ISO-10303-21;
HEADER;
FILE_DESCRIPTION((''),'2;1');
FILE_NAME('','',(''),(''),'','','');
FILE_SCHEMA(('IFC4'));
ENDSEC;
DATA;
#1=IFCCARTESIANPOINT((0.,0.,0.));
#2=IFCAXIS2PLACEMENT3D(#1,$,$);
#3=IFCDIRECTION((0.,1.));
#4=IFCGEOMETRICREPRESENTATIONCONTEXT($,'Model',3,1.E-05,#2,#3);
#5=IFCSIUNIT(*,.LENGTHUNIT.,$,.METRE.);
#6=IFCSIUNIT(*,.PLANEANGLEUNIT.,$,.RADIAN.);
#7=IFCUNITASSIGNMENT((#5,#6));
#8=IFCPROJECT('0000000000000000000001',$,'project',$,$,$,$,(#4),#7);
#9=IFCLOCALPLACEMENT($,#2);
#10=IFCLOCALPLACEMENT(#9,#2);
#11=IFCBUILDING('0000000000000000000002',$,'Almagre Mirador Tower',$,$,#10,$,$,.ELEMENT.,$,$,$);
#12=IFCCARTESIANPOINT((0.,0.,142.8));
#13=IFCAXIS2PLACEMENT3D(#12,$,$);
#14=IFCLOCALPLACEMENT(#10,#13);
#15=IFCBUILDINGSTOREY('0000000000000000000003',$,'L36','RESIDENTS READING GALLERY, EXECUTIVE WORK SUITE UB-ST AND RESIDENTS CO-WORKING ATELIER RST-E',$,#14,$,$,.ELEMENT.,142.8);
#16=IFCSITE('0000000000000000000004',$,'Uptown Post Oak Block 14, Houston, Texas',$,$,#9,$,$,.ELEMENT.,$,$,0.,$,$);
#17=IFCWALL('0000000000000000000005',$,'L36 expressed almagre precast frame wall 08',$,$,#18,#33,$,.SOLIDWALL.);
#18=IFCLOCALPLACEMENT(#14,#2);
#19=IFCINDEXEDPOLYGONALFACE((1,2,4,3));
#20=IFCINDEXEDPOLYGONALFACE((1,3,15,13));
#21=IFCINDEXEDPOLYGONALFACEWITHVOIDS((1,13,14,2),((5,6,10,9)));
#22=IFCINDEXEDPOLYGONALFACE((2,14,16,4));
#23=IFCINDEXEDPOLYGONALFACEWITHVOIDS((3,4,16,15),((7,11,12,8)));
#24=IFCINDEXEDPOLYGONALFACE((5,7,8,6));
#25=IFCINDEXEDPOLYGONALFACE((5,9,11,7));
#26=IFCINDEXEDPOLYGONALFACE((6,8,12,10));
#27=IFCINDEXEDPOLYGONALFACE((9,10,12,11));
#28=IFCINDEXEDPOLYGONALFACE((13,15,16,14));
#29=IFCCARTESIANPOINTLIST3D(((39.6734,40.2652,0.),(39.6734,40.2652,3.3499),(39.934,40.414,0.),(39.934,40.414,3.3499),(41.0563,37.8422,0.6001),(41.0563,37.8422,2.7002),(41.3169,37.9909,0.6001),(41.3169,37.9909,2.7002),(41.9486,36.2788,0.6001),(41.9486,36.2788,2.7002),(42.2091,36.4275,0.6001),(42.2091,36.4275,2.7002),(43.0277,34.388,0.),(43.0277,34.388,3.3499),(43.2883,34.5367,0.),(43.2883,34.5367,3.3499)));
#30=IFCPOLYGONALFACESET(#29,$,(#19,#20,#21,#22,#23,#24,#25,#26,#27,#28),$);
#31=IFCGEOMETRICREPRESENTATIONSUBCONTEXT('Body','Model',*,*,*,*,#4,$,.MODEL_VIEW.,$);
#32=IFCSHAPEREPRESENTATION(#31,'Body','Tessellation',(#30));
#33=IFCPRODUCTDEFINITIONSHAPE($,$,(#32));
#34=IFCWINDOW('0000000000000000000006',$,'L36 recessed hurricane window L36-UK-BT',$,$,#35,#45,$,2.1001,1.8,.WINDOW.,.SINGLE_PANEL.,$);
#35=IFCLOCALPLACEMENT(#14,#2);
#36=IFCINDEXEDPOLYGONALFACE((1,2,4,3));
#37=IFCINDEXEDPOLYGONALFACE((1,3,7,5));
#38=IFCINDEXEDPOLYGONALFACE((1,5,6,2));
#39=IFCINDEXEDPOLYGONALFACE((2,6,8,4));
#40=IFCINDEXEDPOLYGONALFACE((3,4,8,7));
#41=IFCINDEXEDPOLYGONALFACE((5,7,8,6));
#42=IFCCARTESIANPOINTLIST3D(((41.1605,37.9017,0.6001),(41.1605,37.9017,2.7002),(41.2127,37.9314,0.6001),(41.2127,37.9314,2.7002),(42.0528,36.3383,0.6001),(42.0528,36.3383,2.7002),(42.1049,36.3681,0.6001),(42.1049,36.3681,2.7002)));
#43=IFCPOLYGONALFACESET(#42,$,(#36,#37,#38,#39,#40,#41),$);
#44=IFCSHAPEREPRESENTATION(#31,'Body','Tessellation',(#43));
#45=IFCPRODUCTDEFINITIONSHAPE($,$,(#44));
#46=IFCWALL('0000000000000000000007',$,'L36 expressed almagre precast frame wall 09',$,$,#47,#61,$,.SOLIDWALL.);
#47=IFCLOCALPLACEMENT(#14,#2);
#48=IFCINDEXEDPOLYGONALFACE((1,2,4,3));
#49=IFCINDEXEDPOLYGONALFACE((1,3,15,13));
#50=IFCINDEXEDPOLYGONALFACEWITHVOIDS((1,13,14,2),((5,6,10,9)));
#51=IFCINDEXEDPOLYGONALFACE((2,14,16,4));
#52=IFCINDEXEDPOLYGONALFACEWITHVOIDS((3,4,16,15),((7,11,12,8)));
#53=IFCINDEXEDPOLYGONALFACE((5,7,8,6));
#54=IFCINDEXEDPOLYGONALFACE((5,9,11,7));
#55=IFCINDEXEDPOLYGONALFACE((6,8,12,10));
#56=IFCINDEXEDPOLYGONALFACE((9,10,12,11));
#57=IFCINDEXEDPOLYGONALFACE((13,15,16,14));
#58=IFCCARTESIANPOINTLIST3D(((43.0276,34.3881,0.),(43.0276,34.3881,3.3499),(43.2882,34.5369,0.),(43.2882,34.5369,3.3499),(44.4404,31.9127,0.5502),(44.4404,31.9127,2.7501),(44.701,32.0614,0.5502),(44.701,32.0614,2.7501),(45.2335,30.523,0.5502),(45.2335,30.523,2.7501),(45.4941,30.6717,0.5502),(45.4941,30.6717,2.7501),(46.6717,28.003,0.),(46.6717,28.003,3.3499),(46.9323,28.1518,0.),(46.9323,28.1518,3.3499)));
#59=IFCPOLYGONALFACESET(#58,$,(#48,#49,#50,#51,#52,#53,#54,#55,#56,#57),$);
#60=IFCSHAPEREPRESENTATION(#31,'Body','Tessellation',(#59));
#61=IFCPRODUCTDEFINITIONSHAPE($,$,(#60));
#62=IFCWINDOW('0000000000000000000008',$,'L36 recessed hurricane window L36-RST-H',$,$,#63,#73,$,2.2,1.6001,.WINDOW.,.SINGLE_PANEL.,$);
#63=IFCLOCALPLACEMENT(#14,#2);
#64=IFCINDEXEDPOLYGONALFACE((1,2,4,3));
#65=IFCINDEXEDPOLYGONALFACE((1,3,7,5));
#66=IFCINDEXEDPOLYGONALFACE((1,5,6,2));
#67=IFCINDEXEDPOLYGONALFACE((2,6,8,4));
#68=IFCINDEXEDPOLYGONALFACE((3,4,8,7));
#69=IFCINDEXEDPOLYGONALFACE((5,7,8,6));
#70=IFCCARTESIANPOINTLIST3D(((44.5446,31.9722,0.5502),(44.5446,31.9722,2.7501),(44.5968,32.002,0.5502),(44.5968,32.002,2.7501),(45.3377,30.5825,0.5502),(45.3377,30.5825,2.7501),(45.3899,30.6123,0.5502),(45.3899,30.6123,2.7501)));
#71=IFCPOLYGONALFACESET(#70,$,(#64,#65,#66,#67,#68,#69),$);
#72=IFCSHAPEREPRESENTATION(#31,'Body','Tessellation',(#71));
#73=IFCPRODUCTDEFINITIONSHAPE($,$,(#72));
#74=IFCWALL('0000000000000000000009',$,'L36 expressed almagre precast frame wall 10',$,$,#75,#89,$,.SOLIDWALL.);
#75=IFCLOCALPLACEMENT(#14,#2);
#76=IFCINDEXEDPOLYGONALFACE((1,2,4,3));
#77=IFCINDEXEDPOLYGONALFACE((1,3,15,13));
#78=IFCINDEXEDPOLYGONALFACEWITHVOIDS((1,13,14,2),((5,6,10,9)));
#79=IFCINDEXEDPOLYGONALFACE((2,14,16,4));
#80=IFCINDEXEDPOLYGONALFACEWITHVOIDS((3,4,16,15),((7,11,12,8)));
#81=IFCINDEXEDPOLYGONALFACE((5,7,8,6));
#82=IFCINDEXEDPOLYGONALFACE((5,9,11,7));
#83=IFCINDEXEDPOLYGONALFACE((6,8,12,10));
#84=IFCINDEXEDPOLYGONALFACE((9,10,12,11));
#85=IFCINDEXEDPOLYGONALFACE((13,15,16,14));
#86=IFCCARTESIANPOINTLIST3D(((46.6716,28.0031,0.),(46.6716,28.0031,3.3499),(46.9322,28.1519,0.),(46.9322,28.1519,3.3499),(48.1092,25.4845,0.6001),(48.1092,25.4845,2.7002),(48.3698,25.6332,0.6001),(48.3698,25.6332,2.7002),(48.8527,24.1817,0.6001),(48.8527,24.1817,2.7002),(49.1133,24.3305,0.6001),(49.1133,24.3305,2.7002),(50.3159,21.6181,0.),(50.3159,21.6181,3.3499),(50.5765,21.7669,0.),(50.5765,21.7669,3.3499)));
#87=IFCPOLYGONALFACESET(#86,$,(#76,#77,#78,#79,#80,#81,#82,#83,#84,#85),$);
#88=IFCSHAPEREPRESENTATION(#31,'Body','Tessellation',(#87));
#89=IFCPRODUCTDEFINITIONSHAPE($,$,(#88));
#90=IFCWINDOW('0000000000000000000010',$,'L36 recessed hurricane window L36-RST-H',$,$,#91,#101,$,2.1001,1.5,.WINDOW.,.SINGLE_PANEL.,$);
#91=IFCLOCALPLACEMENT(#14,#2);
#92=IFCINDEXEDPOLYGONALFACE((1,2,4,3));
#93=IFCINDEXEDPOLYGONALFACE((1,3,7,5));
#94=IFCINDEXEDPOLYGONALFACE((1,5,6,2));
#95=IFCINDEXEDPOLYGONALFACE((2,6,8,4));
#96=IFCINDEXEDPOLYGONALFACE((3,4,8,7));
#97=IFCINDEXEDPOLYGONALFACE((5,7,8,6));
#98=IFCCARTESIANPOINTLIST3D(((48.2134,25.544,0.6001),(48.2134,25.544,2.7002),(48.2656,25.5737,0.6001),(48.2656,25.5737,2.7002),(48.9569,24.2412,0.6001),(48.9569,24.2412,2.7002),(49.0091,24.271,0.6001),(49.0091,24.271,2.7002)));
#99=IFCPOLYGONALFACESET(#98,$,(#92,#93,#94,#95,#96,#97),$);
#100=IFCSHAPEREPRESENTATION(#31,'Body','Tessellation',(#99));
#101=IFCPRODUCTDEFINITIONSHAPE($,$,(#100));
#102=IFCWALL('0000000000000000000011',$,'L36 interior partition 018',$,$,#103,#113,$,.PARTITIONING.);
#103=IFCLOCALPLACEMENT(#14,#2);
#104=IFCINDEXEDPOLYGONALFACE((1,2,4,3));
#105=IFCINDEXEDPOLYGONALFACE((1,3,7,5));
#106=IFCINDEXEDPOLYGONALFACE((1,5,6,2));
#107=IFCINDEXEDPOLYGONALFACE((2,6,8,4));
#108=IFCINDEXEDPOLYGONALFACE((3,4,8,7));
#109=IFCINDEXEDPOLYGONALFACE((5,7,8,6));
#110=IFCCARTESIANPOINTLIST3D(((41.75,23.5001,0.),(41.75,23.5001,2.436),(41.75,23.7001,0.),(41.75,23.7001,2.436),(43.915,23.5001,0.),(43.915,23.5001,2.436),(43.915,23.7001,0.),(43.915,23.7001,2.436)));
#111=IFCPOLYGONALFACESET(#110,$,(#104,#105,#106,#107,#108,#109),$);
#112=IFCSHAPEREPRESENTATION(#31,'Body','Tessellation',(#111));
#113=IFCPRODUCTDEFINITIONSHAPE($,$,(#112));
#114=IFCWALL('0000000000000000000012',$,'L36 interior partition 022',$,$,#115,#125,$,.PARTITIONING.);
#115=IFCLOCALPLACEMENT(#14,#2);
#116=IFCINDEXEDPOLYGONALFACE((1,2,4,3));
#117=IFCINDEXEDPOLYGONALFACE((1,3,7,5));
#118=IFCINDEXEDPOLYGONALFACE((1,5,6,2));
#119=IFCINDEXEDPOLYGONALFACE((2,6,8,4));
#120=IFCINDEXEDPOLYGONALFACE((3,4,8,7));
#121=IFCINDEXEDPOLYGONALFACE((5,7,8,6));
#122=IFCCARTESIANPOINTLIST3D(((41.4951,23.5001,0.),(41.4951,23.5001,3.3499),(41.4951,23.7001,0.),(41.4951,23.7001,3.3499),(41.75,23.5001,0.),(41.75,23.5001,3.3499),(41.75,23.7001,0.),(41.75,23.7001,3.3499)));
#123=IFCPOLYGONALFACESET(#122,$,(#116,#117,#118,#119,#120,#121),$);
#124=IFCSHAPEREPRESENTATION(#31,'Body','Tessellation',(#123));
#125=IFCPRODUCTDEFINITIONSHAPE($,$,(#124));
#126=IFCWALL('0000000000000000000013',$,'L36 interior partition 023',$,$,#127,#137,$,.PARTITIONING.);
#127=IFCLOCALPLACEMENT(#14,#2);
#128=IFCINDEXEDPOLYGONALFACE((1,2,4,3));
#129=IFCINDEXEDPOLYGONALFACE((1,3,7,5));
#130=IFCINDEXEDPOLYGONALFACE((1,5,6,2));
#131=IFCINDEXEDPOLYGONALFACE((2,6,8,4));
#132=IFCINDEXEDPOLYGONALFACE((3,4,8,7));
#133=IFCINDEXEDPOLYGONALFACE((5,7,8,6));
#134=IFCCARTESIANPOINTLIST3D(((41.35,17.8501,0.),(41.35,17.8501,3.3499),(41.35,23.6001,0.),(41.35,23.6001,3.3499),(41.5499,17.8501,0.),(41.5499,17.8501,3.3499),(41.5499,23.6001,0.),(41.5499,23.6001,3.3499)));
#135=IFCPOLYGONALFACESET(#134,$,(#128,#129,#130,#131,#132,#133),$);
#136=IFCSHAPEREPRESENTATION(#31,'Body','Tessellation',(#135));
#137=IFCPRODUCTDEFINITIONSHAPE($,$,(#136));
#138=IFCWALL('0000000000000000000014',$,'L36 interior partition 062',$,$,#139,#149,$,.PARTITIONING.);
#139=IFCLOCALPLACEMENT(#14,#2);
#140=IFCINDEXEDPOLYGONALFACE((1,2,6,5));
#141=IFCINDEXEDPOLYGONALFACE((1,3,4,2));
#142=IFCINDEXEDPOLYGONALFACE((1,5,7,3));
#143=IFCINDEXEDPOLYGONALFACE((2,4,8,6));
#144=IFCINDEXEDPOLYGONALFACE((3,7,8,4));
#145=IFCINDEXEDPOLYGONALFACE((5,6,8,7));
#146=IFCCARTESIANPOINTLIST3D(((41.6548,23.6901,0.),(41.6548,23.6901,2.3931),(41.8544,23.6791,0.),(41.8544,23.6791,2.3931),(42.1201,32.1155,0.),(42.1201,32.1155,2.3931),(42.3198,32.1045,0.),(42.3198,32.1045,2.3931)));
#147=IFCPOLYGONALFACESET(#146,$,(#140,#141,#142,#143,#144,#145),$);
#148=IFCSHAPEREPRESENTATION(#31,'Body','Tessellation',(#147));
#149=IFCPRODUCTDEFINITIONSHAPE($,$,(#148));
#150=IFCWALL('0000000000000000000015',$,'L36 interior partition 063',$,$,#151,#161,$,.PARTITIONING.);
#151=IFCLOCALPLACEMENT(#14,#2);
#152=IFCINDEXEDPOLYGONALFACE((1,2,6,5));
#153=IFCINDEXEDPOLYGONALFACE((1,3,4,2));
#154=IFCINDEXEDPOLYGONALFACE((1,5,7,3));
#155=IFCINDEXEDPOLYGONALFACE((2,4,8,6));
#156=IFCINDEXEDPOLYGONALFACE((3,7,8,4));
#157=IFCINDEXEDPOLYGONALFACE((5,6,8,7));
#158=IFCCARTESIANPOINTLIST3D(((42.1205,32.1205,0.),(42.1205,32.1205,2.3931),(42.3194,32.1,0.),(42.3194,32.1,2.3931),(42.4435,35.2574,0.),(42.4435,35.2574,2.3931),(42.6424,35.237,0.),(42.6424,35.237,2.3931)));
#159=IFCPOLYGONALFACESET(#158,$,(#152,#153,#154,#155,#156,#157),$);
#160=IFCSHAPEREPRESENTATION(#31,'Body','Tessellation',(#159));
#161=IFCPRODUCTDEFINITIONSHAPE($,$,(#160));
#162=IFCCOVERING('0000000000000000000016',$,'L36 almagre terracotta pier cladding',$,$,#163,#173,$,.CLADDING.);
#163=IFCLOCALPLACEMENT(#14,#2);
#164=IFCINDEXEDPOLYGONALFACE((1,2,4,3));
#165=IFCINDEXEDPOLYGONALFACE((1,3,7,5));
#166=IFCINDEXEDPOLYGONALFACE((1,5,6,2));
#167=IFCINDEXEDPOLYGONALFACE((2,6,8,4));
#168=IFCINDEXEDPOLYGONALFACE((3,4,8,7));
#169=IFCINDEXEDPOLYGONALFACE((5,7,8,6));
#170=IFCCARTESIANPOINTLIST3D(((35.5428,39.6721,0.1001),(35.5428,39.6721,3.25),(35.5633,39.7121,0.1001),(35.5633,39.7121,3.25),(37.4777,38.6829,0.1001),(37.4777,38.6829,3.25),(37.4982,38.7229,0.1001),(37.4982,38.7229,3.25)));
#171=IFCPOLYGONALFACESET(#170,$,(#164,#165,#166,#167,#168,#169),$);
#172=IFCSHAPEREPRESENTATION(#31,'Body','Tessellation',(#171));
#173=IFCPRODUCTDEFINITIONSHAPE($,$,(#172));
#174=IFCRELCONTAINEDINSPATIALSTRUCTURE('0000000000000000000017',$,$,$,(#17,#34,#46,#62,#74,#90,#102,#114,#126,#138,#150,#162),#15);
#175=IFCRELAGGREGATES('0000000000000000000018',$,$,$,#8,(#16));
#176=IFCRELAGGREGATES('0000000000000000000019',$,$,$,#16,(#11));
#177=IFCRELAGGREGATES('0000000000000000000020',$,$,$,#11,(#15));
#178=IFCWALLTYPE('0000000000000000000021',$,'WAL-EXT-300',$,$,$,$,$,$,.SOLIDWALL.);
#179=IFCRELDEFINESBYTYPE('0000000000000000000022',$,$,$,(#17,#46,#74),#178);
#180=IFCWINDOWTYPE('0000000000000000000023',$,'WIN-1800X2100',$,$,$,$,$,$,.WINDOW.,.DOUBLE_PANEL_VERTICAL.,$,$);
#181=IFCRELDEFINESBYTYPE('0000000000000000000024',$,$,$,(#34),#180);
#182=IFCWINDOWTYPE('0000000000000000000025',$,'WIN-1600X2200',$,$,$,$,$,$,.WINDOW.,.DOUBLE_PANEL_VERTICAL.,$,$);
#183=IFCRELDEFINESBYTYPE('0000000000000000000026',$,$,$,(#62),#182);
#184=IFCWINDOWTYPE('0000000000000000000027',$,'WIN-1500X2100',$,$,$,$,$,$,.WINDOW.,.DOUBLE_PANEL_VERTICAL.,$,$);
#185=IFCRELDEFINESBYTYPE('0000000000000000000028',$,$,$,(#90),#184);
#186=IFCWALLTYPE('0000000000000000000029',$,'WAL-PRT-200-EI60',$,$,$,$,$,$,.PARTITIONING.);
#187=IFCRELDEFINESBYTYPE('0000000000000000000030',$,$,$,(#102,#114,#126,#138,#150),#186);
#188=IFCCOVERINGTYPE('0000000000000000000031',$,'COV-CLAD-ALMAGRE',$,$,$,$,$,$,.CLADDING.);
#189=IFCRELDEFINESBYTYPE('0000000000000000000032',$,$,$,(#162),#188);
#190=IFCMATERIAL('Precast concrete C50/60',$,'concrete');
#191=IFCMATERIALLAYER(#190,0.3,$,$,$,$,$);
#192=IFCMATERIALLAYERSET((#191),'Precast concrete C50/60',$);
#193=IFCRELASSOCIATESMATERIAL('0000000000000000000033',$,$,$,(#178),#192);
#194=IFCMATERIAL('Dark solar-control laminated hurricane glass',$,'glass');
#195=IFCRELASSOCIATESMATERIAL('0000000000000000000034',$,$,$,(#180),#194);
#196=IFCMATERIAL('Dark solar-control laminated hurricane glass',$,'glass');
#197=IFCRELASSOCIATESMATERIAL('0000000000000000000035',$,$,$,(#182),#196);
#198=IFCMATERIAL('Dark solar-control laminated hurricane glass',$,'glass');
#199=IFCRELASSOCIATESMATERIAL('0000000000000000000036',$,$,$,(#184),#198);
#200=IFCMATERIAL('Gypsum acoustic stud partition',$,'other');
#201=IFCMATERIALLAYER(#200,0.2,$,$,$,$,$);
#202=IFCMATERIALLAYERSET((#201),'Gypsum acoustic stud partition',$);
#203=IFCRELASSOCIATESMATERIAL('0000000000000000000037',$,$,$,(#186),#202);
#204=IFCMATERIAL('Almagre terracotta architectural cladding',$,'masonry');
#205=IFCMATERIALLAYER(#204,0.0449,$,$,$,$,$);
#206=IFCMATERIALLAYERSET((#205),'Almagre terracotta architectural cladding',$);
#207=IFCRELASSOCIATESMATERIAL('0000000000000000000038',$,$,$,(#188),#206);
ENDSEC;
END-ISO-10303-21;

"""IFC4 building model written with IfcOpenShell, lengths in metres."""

from ifc_helpers import new_model, si_unit, direction, frame, frame_2d, origin, origin_2d, place, context, subcontext, project, spatial, rectangle, extrude, material, layer, layer_set, type_object, element, fill, save


model = new_model("IFC4")

# Units and contexts
model_context = context("Model", 3, precision=1e-05, world=origin(), true_north=direction((0.0, 1.0)))
body_context = subcontext(model_context, "Body", "Model", "MODEL_VIEW")
ifc_project = project(units=[si_unit("LENGTHUNIT", "METRE"), si_unit("PLANEANGLEUNIT", "RADIAN")], contexts=[model_context])

# Site, building, storey
site_placement = place(None, origin())
site = spatial("IfcSite", under=ifc_project, at=site_placement, Name="Uptown Post Oak Block 14, Houston, Texas", CompositionType="ELEMENT", RefElevation=0.0)
building_placement = place(site_placement, origin())
building = spatial("IfcBuilding", under=site, at=building_placement, Name="Almagre Mirador Tower", CompositionType="ELEMENT")
storey_placement = place(building_placement, frame((0.0, 0.0, 142.8)))
storey = spatial("IfcBuildingStorey", under=building, at=storey_placement, Name="L36", Description="RESIDENTS READING GALLERY, EXECUTIVE WORK SUITE UB-ST AND RESIDENTS CO-WORKING ATELIER RST-E", CompositionType="ELEMENT", Elevation=142.8)

# Shared definitions
ifc_material_1 = material(Name="Precast concrete C50/60", Category="concrete")
ifc_layer_1 = layer(ifc_material_1, 0.3)
ifc_layer_set_1 = layer_set([ifc_layer_1], Name="Precast concrete C50/60")
wall_type_1 = type_object("IfcWallType", Name="WAL-EXT-300", PredefinedType="SOLIDWALL", material=ifc_layer_set_1)

# Walls, openings, windows
wall_1_placement = place(storey_placement, frame((39.8037, 40.3396, 0.0), z_axis=(0.0, 0.0, 1.0), x_axis=(0.495677, -0.868507, 0.0)))
wall_1 = element("IfcWall", 1, at=wall_1_placement, inside=storey, type_object=wall_type_1, Name="L36 expressed almagre precast frame wall 08", PredefinedType="SOLIDWALL", context=body_context, shape_type="SweptSolid", body=[
    extrude(rectangle(XDim=6.7671, YDim=0.3, at=frame_2d((3.3835, 0.0))), origin(), (0.0, 0.0, 1.0), 3.3499),
])
opening_1_placement = place(wall_1_placement, frame((2.79, 0.0, 0.6001)))
opening_1 = element("IfcOpeningElement", 2, at=opening_1_placement, cuts=wall_1, PredefinedType="OPENING", context=body_context, shape_type="SweptSolid", body=[
    extrude(rectangle(XDim=1.8, YDim=2.1001, at=frame_2d((0.8999, 1.05))), frame((0.0, 0.1599, 0.0), z_axis=(0.0, -1.0, 0.0), x_axis=(1.0, 0.0, 0.0)), (0.0, 0.0, 1.0), 0.32),
])
ifc_material_2 = material(Name="Dark solar-control laminated hurricane glass", Category="glass")
window_type_1 = type_object("IfcWindowType", Name="WIN-1800X2100", PartitioningType="DOUBLE_PANEL_VERTICAL", PredefinedType="WINDOW", material=ifc_material_2)
window_1_placement = place(opening_1_placement, origin())
window_1 = element("IfcWindow", 3, at=window_1_placement, inside=storey, type_object=window_type_1, Name="L36 recessed hurricane window L36-UK-BT", OverallHeight=2.1001, OverallWidth=1.8, PartitioningType="SINGLE_PANEL", PredefinedType="WINDOW", context=body_context, shape_type="SweptSolid", body=[
    extrude(rectangle(XDim=1.8, YDim=2.1001, at=frame_2d((0.8999, 1.05))), frame((0.0, 0.03, 0.0), z_axis=(0.0, -1.0, 0.0), x_axis=(1.0, 0.0, 0.0)), (0.0, 0.0, 1.0), 0.0601),
])
fill(opening_1, window_1)
wall_2_placement = place(storey_placement, frame((43.158, 34.4624, 0.0), z_axis=(0.0, 0.0, 1.0), x_axis=(0.495674, -0.868509, 0.0)))
wall_2 = element("IfcWall", 4, at=wall_2_placement, inside=storey, type_object=wall_type_1, Name="L36 expressed almagre precast frame wall 09", PredefinedType="SOLIDWALL", context=body_context, shape_type="SweptSolid", body=[
    extrude(rectangle(XDim=7.3518, YDim=0.3, at=frame_2d((3.6758, 0.0))), origin(), (0.0, 0.0, 1.0), 3.3499),
])
opening_2_placement = place(wall_2_placement, frame((2.8501, 0.0, 0.55)))
opening_2 = element("IfcOpeningElement", 5, at=opening_2_placement, cuts=wall_2, PredefinedType="OPENING", context=body_context, shape_type="SweptSolid", body=[
    extrude(rectangle(XDim=1.6001, YDim=2.2, at=frame_2d((0.8, 1.1001))), frame((0.0, 0.1599, 0.0), z_axis=(0.0, -1.0, 0.0), x_axis=(1.0, 0.0, 0.0)), (0.0, 0.0, 1.0), 0.32),
])
ifc_material_3 = material(Name="Dark solar-control laminated hurricane glass", Category="glass")
window_type_2 = type_object("IfcWindowType", Name="WIN-1600X2200", PartitioningType="DOUBLE_PANEL_VERTICAL", PredefinedType="WINDOW", material=ifc_material_3)
window_2_placement = place(opening_2_placement, origin())
window_2 = element("IfcWindow", 6, at=window_2_placement, inside=storey, type_object=window_type_2, Name="L36 recessed hurricane window L36-RST-H", OverallHeight=2.2, OverallWidth=1.6001, PartitioningType="SINGLE_PANEL", PredefinedType="WINDOW", context=body_context, shape_type="SweptSolid", body=[
    extrude(rectangle(XDim=1.6001, YDim=2.2, at=frame_2d((0.8, 1.1001))), frame((0.0, 0.03, 0.0), z_axis=(0.0, -1.0, 0.0), x_axis=(1.0, 0.0, 0.0)), (0.0, 0.0, 1.0), 0.0601),
])
fill(opening_2, window_2)
wall_3_placement = place(storey_placement, frame((46.802, 28.0774, 0.0), z_axis=(0.0, 0.0, 1.0), x_axis=(0.495699, -0.868494, 0.0)))
wall_3 = element("IfcWall", 7, at=wall_3_placement, inside=storey, type_object=wall_type_1, Name="L36 expressed almagre precast frame wall 10", PredefinedType="SOLIDWALL", context=body_context, shape_type="SweptSolid", body=[
    extrude(rectangle(XDim=7.3518, YDim=0.3, at=frame_2d((3.6758, 0.0))), origin(), (0.0, 0.0, 1.0), 3.3499),
])
opening_3_placement = place(wall_3_placement, frame((2.8999, 0.0, 0.6001)))
opening_3 = element("IfcOpeningElement", 8, at=opening_3_placement, cuts=wall_3, PredefinedType="OPENING", context=body_context, shape_type="SweptSolid", body=[
    extrude(rectangle(XDim=1.5, YDim=2.1001, at=frame_2d((0.75, 1.05))), frame((0.0, 0.1599, 0.0), z_axis=(0.0, -1.0, 0.0), x_axis=(1.0, 0.0, 0.0)), (0.0, 0.0, 1.0), 0.32),
])
ifc_material_4 = material(Name="Dark solar-control laminated hurricane glass", Category="glass")
window_type_3 = type_object("IfcWindowType", Name="WIN-1500X2100", PartitioningType="DOUBLE_PANEL_VERTICAL", PredefinedType="WINDOW", material=ifc_material_4)
window_3_placement = place(opening_3_placement, origin())
window_3 = element("IfcWindow", 9, at=window_3_placement, inside=storey, type_object=window_type_3, Name="L36 recessed hurricane window L36-RST-H", OverallHeight=2.1001, OverallWidth=1.5, PartitioningType="SINGLE_PANEL", PredefinedType="WINDOW", context=body_context, shape_type="SweptSolid", body=[
    extrude(rectangle(XDim=1.5, YDim=2.1001, at=frame_2d((0.75, 1.05))), frame((0.0, 0.03, 0.0), z_axis=(0.0, -1.0, 0.0), x_axis=(1.0, 0.0, 0.0)), (0.0, 0.0, 1.0), 0.0601),
])
fill(opening_3, window_3)

# Walls
ifc_material_5 = material(Name="Gypsum acoustic stud partition", Category="other")
ifc_layer_2 = layer(ifc_material_5, 0.2)
ifc_layer_set_2 = layer_set([ifc_layer_2], Name="Gypsum acoustic stud partition")
wall_type_2 = type_object("IfcWallType", Name="WAL-PRT-200-EI60", PredefinedType="PARTITIONING", material=ifc_layer_set_2)
wall_4_placement = place(storey_placement, frame((43.915, 23.6001, 0.0), z_axis=(0.0, 0.0, 1.0), x_axis=(-1.0, 0.0, 0.0)))
element("IfcWall", 10, at=wall_4_placement, inside=storey, type_object=wall_type_2, Name="L36 interior partition 018", PredefinedType="PARTITIONING", context=body_context, shape_type="SweptSolid", body=[
    extrude(rectangle(XDim=2.165, YDim=0.2, at=frame_2d((1.0825, 0.0))), origin(), (0.0, 0.0, 1.0), 2.436),
])
wall_5_placement = place(storey_placement, frame((41.75, 23.6001, 0.0), z_axis=(0.0, 0.0, 1.0), x_axis=(-1.0, 0.0, 0.0)))
element("IfcWall", 11, at=wall_5_placement, inside=storey, type_object=wall_type_2, Name="L36 interior partition 022", PredefinedType="PARTITIONING", context=body_context, shape_type="SweptSolid", body=[
    extrude(rectangle(XDim=0.2549, YDim=0.2, at=frame_2d((0.1274, 0.0))), origin(), (0.0, 0.0, 1.0), 3.3499),
])
wall_6_placement = place(storey_placement, frame((41.45, 23.6001, 0.0), z_axis=(0.0, 0.0, 1.0), x_axis=(0.0, -1.0, 0.0)))
element("IfcWall", 12, at=wall_6_placement, inside=storey, type_object=wall_type_2, Name="L36 interior partition 023", PredefinedType="PARTITIONING", context=body_context, shape_type="SweptSolid", body=[
    extrude(rectangle(XDim=5.75, YDim=0.2, at=frame_2d((2.875, 0.0))), origin(), (0.0, 0.0, 1.0), 3.3499),
])
wall_7_placement = place(storey_placement, frame((42.22, 32.1101, 0.0), z_axis=(0.0, 0.0, 1.0), x_axis=(-0.055146, -0.998478, 0.0)))
element("IfcWall", 13, at=wall_7_placement, inside=storey, type_object=wall_type_2, Name="L36 interior partition 062", PredefinedType="PARTITIONING", context=body_context, shape_type="SweptSolid", body=[
    extrude(rectangle(XDim=8.4382, YDim=0.2, at=frame_2d((4.2192, 0.0))), origin(), (0.0, 0.0, 1.0), 2.3931),
])
wall_8_placement = place(storey_placement, frame((42.543, 35.2471, 0.0), z_axis=(0.0, 0.0, 1.0), x_axis=(-0.102424, -0.994741, 0.0)))
element("IfcWall", 14, at=wall_8_placement, inside=storey, type_object=wall_type_2, Name="L36 interior partition 063", PredefinedType="PARTITIONING", context=body_context, shape_type="SweptSolid", body=[
    extrude(rectangle(XDim=3.1536, YDim=0.2, at=frame_2d((1.5767, 0.0))), origin(), (0.0, 0.0, 1.0), 2.3931),
])

# Covering
ifc_material_6 = material(Name="Almagre terracotta architectural cladding", Category="masonry")
ifc_layer_3 = layer(ifc_material_6, 0.0449)
ifc_layer_set_3 = layer_set([ifc_layer_3], Name="Almagre terracotta architectural cladding")
covering_type = type_object("IfcCoveringType", Name="COV-CLAD-ALMAGRE", PredefinedType="CLADDING", material=ifc_layer_set_3)
covering_placement = place(storey_placement, frame((36.5205, 39.1975, 0.1001), z_axis=(0.0, 0.0, 1.0), x_axis=(0.890396, -0.455188, 0.0)))
element("IfcCovering", 15, at=covering_placement, inside=storey, type_object=covering_type, Name="L36 almagre terracotta pier cladding", PredefinedType="CLADDING", context=body_context, shape_type="SweptSolid", body=[
    extrude(rectangle(XDim=2.1731, YDim=0.0449, at=origin_2d()), origin(), (0.0, 0.0, 1.0), 3.1499),
])

save(model, "model.ifc")
